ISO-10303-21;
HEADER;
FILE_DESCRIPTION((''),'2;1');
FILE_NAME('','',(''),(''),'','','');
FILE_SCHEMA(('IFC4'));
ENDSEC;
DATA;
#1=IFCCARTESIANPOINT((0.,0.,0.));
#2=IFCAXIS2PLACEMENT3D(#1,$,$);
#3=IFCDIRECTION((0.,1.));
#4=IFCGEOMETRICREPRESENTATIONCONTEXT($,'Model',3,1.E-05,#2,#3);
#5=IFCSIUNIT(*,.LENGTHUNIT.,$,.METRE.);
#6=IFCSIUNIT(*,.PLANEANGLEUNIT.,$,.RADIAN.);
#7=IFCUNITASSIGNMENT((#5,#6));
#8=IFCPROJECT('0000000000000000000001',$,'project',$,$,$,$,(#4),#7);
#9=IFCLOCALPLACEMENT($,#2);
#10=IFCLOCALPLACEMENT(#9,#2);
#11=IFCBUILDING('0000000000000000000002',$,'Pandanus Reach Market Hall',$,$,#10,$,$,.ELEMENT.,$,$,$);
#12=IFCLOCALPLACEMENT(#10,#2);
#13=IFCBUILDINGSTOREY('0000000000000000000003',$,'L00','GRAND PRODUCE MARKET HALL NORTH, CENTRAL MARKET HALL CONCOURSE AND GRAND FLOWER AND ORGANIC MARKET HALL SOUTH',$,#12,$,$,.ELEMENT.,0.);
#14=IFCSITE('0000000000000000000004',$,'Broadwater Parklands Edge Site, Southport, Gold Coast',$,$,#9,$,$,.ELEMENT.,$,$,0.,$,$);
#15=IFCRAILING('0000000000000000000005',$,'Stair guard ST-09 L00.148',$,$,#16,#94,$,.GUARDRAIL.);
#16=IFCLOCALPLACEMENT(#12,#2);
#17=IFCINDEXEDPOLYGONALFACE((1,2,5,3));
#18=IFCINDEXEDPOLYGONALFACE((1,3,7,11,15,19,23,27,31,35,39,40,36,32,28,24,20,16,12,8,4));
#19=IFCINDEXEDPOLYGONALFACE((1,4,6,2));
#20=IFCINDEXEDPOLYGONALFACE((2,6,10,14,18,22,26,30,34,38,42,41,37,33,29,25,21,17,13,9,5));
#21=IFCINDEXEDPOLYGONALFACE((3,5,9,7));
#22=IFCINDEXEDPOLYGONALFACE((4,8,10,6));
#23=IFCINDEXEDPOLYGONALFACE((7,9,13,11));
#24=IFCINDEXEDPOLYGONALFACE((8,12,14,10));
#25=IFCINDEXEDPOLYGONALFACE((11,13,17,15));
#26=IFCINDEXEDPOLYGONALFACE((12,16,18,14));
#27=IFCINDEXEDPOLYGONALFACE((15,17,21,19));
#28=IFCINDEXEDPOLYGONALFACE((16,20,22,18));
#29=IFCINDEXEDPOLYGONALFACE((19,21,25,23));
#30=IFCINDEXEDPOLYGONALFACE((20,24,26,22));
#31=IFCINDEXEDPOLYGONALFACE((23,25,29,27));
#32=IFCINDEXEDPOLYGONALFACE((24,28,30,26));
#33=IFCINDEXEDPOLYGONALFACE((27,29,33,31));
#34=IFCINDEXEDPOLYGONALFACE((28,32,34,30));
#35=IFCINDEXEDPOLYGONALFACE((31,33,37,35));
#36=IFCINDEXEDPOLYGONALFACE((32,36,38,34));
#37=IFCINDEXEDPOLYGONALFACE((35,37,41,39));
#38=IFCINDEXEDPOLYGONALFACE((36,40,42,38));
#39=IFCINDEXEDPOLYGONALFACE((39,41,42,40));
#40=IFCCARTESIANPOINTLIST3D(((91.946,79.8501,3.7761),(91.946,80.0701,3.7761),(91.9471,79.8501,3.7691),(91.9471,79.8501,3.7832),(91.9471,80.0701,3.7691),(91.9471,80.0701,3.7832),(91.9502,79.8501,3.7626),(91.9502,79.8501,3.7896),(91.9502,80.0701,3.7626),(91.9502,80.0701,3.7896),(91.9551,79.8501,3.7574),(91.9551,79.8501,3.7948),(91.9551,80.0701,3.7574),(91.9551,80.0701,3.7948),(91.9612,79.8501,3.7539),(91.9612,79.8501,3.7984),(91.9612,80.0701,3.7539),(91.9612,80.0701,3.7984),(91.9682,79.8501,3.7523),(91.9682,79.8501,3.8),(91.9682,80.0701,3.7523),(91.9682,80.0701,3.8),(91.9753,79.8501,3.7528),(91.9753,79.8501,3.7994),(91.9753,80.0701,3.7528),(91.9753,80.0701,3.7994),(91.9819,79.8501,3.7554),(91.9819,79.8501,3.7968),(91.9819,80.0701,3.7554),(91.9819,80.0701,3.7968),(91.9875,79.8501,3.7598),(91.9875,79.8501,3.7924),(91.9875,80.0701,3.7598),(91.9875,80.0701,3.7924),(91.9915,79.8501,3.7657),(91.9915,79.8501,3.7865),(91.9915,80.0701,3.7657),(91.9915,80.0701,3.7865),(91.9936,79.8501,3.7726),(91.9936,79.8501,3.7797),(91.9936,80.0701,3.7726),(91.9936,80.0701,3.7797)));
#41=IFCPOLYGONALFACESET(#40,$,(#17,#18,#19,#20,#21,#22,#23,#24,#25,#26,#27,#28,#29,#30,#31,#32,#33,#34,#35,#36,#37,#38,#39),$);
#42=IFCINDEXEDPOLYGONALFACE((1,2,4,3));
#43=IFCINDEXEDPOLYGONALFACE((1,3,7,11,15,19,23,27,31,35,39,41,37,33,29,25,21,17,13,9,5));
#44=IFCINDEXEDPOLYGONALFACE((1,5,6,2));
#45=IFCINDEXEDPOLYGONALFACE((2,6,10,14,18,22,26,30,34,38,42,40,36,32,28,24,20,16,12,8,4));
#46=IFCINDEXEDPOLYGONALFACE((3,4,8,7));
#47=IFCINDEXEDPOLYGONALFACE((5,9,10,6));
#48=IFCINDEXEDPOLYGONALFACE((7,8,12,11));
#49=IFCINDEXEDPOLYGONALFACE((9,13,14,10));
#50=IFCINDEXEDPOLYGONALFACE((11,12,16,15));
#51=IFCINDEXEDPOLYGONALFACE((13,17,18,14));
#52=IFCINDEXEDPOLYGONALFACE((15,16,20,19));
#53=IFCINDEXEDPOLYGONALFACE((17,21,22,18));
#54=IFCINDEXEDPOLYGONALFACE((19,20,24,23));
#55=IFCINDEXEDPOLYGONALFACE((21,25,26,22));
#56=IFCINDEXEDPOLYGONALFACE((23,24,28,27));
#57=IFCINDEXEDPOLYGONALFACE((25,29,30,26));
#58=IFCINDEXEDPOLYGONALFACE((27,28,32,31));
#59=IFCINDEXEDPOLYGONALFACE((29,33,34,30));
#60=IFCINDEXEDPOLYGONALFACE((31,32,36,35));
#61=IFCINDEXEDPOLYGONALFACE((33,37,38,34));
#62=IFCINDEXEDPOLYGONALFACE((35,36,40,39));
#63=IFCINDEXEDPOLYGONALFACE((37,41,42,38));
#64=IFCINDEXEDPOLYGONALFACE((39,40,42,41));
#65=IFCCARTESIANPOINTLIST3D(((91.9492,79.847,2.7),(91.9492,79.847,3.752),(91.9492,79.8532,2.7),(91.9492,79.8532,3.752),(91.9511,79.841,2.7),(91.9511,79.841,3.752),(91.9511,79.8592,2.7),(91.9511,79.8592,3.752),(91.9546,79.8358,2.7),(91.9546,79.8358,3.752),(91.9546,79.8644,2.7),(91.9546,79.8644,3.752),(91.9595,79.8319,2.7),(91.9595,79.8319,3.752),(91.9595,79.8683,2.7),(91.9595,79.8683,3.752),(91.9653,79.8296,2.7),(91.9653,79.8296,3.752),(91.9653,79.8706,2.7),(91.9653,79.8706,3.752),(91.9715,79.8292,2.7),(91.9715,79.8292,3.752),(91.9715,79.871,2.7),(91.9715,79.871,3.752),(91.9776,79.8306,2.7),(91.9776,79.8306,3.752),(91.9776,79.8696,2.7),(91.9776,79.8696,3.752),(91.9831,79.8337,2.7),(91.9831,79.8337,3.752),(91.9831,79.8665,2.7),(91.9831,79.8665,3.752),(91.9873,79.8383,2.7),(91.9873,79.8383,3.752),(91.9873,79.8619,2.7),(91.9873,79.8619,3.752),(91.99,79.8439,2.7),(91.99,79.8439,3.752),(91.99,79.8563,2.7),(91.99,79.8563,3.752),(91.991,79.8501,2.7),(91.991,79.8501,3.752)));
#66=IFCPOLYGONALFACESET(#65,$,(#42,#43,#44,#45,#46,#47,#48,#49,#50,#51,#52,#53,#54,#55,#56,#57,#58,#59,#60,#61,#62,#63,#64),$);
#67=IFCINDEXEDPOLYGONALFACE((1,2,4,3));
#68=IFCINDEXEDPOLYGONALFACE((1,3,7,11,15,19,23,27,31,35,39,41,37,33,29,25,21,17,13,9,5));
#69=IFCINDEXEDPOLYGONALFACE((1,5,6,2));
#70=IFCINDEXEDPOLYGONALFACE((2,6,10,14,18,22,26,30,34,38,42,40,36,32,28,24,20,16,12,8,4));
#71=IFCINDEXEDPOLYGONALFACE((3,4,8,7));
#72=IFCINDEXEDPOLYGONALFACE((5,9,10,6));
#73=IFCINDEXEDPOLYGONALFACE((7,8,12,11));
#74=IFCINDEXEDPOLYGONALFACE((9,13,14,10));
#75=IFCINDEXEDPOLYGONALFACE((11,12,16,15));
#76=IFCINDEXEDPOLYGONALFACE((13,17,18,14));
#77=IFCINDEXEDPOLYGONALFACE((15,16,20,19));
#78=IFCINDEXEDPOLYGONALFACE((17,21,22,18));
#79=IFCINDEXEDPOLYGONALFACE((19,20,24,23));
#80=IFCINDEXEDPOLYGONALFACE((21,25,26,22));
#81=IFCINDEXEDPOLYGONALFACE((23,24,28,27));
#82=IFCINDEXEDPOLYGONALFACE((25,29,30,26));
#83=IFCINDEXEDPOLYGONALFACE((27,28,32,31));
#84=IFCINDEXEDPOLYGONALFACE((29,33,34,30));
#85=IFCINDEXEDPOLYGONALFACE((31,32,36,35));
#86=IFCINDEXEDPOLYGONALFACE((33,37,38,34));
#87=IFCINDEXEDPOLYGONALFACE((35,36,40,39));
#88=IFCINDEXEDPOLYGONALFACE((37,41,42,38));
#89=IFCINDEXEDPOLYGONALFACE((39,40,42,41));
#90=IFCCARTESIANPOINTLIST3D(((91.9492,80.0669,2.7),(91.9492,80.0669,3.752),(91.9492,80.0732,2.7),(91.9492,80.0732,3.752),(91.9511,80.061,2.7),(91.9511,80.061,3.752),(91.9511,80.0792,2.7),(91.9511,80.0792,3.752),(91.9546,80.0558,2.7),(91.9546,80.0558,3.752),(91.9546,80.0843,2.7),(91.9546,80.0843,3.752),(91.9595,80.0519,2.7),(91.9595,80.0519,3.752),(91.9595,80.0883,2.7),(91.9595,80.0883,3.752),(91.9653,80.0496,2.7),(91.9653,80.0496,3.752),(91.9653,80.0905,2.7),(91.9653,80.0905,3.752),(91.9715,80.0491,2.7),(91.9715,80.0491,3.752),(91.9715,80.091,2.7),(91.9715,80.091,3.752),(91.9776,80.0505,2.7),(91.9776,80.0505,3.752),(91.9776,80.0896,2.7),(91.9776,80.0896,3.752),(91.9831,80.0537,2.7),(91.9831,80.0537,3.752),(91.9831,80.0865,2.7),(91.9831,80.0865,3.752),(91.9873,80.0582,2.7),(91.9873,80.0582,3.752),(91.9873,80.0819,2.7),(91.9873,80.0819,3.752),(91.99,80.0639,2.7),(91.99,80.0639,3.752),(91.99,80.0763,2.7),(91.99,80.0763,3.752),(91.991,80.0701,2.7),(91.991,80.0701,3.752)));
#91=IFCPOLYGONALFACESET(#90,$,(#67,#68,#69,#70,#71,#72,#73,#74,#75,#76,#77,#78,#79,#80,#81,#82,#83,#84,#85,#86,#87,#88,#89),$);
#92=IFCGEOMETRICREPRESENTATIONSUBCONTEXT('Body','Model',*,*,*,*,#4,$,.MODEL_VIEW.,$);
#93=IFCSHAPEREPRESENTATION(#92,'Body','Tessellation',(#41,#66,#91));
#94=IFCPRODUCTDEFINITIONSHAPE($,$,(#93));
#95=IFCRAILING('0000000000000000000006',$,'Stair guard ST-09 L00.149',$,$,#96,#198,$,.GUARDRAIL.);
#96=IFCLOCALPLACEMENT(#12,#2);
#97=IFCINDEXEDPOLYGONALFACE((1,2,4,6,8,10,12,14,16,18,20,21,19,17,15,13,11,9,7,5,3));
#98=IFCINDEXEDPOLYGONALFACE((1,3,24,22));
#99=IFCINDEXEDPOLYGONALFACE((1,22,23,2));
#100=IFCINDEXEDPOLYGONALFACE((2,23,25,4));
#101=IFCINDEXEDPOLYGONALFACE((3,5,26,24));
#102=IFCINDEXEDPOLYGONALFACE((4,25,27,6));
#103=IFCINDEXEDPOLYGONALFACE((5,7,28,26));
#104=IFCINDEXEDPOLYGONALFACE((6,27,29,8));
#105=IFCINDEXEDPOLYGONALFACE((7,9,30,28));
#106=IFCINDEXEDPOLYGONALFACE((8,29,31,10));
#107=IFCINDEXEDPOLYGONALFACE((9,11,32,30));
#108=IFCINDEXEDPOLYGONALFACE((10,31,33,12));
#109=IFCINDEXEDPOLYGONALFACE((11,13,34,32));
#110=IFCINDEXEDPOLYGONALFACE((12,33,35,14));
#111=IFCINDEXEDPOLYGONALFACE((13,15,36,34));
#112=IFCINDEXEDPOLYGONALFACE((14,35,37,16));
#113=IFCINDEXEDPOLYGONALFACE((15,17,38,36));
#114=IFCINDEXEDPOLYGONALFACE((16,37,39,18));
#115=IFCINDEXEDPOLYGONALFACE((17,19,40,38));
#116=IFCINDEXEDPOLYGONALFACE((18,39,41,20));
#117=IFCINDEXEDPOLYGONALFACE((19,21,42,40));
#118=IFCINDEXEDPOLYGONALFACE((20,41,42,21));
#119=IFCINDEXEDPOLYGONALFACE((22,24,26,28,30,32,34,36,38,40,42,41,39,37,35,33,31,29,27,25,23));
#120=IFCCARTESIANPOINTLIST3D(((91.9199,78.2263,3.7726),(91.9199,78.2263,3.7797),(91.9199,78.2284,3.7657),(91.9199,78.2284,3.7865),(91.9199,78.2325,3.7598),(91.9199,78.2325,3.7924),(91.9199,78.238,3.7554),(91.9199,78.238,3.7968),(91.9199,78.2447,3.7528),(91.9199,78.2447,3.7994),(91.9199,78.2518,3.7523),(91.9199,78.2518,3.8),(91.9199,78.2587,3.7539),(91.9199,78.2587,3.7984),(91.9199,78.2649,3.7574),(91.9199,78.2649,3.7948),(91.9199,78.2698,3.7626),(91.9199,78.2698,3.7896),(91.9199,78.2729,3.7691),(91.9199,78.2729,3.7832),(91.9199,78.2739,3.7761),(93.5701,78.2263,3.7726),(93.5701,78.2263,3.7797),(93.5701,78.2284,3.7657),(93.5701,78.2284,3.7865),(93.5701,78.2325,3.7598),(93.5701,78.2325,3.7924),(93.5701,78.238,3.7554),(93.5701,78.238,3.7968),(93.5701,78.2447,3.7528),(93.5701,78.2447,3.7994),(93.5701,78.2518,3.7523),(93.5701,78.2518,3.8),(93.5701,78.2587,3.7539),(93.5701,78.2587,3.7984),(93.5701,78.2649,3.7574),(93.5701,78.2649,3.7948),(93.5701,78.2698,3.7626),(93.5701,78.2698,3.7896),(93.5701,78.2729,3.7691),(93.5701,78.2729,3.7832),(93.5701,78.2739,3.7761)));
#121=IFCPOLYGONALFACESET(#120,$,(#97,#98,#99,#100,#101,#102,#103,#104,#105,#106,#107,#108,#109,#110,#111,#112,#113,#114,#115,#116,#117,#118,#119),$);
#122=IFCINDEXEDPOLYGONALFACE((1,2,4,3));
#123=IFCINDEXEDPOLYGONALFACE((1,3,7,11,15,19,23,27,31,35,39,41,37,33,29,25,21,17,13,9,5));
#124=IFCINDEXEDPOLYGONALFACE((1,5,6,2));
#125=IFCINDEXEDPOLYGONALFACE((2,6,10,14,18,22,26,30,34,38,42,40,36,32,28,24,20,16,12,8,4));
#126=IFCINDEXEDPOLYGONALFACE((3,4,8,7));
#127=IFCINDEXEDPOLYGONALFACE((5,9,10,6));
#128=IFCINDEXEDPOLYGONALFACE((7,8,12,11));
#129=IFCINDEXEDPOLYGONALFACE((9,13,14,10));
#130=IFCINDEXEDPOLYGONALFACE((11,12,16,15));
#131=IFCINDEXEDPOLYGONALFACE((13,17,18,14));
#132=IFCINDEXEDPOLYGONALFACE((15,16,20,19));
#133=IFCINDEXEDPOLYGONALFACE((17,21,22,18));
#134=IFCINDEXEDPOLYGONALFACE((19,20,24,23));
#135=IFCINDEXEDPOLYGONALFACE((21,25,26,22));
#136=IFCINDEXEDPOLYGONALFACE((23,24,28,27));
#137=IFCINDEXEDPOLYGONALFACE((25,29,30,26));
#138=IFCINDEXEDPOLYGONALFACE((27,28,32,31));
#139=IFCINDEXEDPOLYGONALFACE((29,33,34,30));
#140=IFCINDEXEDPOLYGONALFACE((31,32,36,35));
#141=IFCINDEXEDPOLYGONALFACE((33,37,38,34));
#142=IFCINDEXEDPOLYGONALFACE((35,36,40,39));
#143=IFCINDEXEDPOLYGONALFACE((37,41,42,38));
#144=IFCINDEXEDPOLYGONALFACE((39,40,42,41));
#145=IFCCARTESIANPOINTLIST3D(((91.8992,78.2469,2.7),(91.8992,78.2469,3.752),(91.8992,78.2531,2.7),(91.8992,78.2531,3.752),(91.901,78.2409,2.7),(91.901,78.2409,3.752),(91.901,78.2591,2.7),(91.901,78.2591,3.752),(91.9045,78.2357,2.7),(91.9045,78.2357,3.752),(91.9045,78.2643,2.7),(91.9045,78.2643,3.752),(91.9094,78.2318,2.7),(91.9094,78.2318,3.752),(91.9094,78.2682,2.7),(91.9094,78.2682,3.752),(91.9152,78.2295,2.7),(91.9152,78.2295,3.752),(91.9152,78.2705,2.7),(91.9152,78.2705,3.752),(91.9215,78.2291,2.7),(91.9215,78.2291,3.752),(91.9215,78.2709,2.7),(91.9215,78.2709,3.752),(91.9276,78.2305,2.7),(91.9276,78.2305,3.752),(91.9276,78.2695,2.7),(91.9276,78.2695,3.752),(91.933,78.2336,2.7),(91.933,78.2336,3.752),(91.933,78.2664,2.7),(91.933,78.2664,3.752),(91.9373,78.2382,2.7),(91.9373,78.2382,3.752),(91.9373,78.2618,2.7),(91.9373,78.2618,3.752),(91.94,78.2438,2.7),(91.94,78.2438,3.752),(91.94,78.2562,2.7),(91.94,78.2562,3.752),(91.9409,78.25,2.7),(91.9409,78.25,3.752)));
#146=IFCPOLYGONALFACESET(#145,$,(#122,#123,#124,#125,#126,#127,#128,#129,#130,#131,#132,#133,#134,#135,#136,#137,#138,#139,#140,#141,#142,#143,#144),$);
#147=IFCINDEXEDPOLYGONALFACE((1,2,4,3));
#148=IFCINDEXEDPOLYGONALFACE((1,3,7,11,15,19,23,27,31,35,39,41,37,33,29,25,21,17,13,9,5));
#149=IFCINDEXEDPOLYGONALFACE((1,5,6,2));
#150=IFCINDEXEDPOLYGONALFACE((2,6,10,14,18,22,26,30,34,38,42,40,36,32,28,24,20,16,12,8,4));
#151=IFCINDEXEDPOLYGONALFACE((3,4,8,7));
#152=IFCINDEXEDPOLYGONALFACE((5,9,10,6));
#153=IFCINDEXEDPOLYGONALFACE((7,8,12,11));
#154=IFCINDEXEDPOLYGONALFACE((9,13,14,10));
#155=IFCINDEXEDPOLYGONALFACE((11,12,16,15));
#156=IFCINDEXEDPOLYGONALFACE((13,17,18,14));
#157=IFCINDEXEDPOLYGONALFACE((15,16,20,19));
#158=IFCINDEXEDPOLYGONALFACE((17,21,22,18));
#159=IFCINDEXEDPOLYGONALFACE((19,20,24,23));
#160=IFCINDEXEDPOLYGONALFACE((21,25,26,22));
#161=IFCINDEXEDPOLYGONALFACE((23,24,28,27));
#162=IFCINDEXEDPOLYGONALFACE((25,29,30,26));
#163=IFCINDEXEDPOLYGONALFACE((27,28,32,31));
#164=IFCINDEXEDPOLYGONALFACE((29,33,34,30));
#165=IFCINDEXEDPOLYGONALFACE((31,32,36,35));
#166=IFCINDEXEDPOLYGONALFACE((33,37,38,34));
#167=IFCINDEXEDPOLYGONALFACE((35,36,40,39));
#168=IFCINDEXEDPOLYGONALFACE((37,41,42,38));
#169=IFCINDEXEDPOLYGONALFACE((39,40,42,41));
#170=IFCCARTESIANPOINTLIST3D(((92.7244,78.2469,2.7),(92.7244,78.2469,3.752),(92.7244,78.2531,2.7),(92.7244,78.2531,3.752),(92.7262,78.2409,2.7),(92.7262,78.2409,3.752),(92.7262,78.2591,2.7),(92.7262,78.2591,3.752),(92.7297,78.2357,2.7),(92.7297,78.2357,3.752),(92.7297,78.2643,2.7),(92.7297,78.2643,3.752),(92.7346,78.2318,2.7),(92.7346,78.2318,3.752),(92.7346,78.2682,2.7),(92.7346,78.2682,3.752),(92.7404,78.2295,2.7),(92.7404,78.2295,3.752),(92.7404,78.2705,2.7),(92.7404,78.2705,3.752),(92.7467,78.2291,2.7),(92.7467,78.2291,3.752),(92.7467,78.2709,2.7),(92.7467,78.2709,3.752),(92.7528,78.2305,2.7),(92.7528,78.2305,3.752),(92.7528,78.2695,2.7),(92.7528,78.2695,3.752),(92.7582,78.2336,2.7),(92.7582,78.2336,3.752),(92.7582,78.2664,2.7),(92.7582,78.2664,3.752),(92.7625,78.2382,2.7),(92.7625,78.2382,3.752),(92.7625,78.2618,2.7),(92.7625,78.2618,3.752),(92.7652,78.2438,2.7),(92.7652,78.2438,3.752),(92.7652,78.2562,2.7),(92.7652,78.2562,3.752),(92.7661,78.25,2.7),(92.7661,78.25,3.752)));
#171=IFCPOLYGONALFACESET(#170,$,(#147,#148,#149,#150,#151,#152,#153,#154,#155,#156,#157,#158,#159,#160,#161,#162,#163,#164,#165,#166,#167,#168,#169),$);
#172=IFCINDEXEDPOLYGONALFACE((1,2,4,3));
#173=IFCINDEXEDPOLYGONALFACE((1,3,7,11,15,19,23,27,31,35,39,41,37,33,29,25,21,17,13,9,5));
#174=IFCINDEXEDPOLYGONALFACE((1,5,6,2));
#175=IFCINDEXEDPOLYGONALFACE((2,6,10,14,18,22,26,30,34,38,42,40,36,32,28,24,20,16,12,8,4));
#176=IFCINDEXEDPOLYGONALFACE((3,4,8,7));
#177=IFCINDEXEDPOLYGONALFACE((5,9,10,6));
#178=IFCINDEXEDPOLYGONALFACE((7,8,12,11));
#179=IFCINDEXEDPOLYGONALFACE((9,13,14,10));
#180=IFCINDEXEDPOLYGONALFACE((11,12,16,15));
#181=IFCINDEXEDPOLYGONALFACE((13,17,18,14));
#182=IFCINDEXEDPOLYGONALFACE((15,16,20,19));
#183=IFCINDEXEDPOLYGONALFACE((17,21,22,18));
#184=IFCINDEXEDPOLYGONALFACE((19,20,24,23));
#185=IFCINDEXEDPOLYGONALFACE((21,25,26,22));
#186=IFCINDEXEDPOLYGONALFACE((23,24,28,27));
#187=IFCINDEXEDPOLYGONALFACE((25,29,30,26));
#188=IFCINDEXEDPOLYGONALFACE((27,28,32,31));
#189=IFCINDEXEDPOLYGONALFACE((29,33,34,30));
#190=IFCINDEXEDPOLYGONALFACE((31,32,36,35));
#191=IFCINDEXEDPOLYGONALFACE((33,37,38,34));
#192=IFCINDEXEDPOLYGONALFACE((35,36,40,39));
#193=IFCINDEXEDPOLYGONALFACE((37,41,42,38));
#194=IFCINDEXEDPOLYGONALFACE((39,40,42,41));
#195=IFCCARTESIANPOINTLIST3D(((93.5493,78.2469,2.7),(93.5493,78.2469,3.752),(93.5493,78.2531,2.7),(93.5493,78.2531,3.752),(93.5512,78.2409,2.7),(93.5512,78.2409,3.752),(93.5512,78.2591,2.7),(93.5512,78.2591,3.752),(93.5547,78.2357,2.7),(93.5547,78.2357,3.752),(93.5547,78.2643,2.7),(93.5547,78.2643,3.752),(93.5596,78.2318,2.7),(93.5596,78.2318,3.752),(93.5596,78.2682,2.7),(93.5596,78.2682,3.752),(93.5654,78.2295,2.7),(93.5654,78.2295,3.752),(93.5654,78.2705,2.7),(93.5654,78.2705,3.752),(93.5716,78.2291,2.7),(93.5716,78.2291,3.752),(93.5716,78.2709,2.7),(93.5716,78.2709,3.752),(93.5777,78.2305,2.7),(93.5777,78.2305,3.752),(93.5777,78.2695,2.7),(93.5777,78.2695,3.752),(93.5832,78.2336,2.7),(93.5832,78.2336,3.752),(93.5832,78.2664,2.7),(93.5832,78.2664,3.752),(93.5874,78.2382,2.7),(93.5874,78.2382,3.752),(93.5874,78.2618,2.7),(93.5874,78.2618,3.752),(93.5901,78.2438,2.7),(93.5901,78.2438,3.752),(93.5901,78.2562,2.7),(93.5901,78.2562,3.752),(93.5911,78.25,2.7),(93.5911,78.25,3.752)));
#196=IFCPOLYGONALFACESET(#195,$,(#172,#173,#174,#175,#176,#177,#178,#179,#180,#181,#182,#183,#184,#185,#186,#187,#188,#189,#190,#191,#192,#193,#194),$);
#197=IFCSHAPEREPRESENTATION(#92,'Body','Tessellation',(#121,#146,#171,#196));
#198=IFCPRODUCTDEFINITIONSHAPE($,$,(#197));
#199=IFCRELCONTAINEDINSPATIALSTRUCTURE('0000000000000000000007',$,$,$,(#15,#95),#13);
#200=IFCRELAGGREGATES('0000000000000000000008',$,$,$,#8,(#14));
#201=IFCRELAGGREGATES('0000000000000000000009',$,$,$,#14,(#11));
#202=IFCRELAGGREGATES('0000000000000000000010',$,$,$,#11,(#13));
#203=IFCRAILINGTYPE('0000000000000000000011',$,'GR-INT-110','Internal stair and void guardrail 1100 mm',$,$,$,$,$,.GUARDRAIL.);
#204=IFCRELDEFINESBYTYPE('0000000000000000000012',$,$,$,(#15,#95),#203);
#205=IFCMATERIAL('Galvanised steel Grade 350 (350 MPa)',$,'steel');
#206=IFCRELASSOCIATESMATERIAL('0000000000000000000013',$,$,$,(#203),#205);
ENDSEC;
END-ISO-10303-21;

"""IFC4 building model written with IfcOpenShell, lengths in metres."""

from ifc_helpers import new_model, si_unit, direction, frame, origin, origin_2d, place, context, subcontext, project, spatial, circle, extrude, material, type_object, element, save


model = new_model("IFC4")

# Units and contexts
model_context = context("Model", 3, precision=1e-05, world=origin(), true_north=direction((0.0, 1.0)))
body_context = subcontext(model_context, "Body", "Model", "MODEL_VIEW")
ifc_project = project(units=[si_unit("LENGTHUNIT", "METRE"), si_unit("PLANEANGLEUNIT", "RADIAN")], contexts=[model_context])

# Site, building, storey
site_placement = place(None, origin())
site = spatial("IfcSite", under=ifc_project, at=site_placement, Name="Broadwater Parklands Edge Site, Southport, Gold Coast", CompositionType="ELEMENT", RefElevation=0.0)
building_placement = place(site_placement, origin())
building = spatial("IfcBuilding", under=site, at=building_placement, Name="Pandanus Reach Market Hall", CompositionType="ELEMENT")
storey_placement = place(building_placement, origin())
storey = spatial("IfcBuildingStorey", under=building, at=storey_placement, Name="L00", Description="GRAND PRODUCE MARKET HALL NORTH, CENTRAL MARKET HALL CONCOURSE AND GRAND FLOWER AND ORGANIC MARKET HALL SOUTH", CompositionType="ELEMENT", Elevation=0.0)

# Railings
ifc_material_1 = material(Name="Galvanised steel Grade 350 (350 MPa)", Category="steel")
railing_type_1 = type_object("IfcRailingType", Name="GR-INT-110", Description="Internal stair and void guardrail 1100 mm", PredefinedType="GUARDRAIL", material=ifc_material_1)
railing_1_placement = place(storey_placement, frame((91.97, 79.8501, 2.7)))
element("IfcRailing", 1, at=railing_1_placement, inside=storey, type_object=railing_type_1, Name="Stair guard ST-09 L00.148", PredefinedType="GUARDRAIL", context=body_context, shape_type="SweptSolid", body=[
    extrude(circle(Radius=0.0239, at=origin_2d()), frame((0.0, 0.0, 1.0762), z_axis=(0.0, 1.0, 0.0), x_axis=(-1.0, 0.0, 0.0)), (0.0, 0.0, 1.0), 0.22),
    extrude(circle(Radius=0.021, at=origin_2d()), origin(), (0.0, 0.0, 1.0), 1.052),
    extrude(circle(Radius=0.021, at=origin_2d()), frame((0.0, 0.22, 0.0)), (0.0, 0.0, 1.0), 1.052),
])
for number, where, name in (
    (2, (91.9199, 78.25, 2.7), "Stair guard ST-09 L00.149"),
):
    element("IfcRailing", number, at=place(storey_placement, frame(where)), inside=storey, type_object=railing_type_1, Name=name, PredefinedType="GUARDRAIL", context=body_context, shape_type="SweptSolid", body=[
        extrude(circle(Radius=0.0239, at=origin_2d()), frame((0.0, 0.0, 1.0762), z_axis=(1.0, 0.0, 0.0), x_axis=(0.0, 1.0, 0.0)), (0.0, 0.0, 1.0), 1.6501),
        extrude(circle(Radius=0.021, at=origin_2d()), origin(), (0.0, 0.0, 1.0), 1.052),
        extrude(circle(Radius=0.021, at=origin_2d()), frame((0.8252, 0.0, 0.0)), (0.0, 0.0, 1.0), 1.052),
        extrude(circle(Radius=0.021, at=origin_2d()), frame((1.6501, 0.0, 0.0)), (0.0, 0.0, 1.0), 1.052),
    ])

save(model, "model.ifc")
